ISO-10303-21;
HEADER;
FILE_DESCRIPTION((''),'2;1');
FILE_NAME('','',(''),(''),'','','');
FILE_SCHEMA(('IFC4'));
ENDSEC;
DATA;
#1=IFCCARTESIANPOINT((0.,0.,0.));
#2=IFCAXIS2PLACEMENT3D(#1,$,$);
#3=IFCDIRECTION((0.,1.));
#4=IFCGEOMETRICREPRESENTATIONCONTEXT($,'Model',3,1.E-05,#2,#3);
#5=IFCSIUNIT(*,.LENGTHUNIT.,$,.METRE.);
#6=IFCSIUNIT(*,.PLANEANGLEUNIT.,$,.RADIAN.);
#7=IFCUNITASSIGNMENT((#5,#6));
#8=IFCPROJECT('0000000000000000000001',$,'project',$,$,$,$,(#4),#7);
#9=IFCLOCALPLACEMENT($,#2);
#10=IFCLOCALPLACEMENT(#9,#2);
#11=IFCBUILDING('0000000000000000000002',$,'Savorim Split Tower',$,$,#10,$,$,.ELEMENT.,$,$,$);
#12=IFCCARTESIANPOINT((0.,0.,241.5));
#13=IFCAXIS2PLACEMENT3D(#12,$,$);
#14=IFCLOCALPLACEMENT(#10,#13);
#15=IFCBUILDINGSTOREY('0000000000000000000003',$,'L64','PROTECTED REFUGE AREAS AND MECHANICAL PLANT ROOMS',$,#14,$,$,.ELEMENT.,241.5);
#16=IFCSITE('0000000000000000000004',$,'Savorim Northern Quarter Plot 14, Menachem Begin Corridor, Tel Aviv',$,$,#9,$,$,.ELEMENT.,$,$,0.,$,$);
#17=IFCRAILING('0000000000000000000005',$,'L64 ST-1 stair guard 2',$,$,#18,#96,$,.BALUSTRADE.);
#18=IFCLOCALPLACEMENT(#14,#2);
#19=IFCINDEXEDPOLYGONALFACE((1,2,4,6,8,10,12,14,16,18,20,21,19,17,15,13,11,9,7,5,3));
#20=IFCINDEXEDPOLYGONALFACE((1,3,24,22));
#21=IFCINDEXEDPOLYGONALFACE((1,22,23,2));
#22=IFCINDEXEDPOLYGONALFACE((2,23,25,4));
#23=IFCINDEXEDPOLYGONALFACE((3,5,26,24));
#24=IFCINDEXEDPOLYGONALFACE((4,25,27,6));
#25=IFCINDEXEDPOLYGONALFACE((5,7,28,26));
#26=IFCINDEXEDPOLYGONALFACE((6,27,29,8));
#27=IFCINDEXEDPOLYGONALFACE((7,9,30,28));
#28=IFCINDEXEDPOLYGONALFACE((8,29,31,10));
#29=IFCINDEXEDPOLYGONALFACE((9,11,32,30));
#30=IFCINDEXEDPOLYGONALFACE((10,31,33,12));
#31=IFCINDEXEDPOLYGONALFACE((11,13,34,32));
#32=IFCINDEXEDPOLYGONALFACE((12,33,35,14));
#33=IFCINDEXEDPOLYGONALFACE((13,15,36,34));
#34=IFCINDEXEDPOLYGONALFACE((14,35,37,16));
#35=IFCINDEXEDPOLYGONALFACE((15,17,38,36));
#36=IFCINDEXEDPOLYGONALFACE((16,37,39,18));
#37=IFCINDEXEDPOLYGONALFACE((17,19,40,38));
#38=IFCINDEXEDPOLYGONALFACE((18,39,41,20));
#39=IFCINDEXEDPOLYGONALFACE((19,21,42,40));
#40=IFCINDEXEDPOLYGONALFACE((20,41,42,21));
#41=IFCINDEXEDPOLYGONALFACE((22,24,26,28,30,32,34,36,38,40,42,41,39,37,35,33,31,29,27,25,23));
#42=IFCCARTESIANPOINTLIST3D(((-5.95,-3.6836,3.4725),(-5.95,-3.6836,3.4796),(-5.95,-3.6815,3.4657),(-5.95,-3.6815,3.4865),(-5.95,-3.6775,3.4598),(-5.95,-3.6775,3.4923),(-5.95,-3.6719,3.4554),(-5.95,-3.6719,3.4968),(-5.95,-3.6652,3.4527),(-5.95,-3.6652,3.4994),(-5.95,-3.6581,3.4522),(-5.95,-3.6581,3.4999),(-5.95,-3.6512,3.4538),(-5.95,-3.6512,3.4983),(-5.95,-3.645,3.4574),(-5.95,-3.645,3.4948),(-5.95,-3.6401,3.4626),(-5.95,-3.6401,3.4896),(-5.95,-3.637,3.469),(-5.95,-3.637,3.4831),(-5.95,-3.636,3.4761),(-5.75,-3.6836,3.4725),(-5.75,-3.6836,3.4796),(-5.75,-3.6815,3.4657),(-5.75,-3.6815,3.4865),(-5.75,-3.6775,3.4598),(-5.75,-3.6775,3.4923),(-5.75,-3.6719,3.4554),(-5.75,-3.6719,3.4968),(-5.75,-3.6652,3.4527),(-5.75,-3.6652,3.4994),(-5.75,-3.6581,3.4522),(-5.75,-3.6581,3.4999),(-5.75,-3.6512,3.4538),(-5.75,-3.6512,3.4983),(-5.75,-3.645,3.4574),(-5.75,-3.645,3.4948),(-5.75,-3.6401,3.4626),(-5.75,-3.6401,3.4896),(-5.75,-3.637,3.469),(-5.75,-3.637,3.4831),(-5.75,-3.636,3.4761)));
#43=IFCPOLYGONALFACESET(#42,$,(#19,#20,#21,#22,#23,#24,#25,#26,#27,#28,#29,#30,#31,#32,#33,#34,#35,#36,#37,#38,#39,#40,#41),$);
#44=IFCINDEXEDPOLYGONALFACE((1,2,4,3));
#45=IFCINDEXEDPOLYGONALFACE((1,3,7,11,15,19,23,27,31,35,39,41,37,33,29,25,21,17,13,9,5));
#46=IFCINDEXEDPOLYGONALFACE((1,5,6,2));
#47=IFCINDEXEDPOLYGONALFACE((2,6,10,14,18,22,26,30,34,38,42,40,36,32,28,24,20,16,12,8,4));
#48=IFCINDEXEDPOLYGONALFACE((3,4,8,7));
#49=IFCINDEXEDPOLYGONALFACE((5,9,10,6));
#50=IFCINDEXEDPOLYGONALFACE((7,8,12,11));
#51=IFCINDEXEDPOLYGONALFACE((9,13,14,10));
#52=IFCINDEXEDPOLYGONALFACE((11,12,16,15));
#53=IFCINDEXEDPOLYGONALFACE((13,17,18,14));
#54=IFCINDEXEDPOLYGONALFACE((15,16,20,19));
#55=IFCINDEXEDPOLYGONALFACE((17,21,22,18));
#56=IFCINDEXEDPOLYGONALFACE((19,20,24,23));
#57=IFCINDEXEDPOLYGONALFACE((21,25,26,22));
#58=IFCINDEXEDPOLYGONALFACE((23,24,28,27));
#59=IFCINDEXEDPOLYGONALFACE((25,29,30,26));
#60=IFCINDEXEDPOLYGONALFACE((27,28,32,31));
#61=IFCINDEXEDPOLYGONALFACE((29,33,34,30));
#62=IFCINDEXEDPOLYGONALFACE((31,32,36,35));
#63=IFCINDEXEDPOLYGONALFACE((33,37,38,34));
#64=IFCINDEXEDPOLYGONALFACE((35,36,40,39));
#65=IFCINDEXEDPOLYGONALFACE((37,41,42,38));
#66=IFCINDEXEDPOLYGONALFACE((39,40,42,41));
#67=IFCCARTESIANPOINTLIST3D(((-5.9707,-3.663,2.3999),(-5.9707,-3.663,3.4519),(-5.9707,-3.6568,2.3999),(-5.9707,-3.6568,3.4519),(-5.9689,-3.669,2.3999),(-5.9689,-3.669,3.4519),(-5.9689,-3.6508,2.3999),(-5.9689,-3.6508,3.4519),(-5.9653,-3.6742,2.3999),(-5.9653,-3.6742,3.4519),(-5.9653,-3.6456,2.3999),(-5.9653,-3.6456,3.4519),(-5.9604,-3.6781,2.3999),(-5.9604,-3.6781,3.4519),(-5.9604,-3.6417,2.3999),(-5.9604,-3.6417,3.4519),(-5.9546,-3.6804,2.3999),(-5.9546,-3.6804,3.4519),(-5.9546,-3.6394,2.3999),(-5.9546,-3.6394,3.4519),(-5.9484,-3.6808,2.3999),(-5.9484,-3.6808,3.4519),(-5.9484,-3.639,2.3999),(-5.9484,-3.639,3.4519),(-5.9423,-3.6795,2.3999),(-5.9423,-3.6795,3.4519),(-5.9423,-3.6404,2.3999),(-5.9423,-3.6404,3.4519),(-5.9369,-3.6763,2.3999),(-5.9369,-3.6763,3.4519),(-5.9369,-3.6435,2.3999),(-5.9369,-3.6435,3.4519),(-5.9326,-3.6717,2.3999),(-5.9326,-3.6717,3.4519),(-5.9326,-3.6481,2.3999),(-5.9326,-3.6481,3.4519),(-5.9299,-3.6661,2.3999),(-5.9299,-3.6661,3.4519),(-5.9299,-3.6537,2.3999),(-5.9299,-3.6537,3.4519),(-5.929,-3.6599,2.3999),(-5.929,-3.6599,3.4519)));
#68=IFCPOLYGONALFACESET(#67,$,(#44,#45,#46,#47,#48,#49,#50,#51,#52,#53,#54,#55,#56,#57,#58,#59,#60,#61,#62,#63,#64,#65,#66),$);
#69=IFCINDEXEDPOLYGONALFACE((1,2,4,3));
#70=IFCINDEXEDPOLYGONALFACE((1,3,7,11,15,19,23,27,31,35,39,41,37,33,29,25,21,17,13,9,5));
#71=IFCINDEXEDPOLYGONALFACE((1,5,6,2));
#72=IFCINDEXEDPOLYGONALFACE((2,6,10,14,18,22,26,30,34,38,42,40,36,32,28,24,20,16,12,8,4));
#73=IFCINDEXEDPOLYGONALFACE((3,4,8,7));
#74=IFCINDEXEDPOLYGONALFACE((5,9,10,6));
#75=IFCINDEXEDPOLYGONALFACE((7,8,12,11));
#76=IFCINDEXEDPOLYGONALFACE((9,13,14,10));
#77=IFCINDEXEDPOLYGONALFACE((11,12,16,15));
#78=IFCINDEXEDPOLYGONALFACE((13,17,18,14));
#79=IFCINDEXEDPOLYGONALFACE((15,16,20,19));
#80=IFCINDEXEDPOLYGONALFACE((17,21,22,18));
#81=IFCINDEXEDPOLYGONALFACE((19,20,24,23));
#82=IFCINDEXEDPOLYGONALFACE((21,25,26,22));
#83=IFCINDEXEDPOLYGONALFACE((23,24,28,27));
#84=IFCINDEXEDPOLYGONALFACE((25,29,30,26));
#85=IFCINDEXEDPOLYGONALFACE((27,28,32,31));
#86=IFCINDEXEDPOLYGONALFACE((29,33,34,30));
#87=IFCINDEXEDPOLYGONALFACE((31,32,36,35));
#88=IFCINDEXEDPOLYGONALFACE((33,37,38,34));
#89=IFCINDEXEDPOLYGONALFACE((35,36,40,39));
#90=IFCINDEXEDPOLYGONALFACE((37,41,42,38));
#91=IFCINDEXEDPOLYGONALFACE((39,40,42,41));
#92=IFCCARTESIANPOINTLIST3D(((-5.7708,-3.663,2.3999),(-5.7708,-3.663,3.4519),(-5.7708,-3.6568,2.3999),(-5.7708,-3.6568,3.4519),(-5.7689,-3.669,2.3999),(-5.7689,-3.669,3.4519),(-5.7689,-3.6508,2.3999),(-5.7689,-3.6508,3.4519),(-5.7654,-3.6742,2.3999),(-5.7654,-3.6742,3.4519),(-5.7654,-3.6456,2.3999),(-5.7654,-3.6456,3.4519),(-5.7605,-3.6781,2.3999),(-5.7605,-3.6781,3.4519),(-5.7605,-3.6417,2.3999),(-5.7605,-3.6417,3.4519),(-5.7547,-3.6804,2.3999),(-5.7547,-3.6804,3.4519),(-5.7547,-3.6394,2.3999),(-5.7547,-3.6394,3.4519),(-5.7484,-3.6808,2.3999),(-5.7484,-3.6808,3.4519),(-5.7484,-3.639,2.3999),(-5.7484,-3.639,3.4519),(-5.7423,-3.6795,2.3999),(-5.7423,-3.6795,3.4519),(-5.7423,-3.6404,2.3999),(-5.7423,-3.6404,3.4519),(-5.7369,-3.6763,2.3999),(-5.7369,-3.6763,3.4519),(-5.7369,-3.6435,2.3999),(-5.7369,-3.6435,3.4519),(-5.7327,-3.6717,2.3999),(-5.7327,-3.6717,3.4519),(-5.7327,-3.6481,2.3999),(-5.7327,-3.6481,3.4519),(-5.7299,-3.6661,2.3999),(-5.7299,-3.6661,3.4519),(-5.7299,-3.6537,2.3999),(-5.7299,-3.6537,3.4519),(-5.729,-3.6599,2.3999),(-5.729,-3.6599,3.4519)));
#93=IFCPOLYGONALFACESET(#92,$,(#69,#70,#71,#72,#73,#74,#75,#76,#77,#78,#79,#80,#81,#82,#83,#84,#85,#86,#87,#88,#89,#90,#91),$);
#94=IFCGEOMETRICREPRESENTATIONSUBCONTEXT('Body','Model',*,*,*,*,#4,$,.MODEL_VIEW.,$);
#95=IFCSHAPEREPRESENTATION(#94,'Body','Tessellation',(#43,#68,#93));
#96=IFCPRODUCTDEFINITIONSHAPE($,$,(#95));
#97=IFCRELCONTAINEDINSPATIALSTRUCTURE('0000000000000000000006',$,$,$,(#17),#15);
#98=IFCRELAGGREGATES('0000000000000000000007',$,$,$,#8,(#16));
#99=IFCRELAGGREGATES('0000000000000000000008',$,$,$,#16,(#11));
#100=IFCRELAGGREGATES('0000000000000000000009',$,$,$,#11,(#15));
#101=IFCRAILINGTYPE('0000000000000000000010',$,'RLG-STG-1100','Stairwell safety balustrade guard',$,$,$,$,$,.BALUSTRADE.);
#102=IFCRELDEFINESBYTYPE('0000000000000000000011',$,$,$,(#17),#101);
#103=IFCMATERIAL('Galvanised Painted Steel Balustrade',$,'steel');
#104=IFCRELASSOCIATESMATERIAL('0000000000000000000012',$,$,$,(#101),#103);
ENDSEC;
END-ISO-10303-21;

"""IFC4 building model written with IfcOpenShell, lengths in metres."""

from ifc_helpers import new_model, si_unit, direction, frame, origin, origin_2d, place, context, subcontext, project, spatial, circle, extrude, material, type_object, element, save


model = new_model("IFC4")

# Units and contexts
model_context = context("Model", 3, precision=1e-05, world=origin(), true_north=direction((0.0, 1.0)))
body_context = subcontext(model_context, "Body", "Model", "MODEL_VIEW")
ifc_project = project(units=[si_unit("LENGTHUNIT", "METRE"), si_unit("PLANEANGLEUNIT", "RADIAN")], contexts=[model_context])

# Site, building, storey
site_placement = place(None, origin())
site = spatial("IfcSite", under=ifc_project, at=site_placement, Name="Savorim Northern Quarter Plot 14, Menachem Begin Corridor, Tel Aviv", CompositionType="ELEMENT", RefElevation=0.0)
building_placement = place(site_placement, origin())
building = spatial("IfcBuilding", under=site, at=building_placement, Name="Savorim Split Tower", CompositionType="ELEMENT")
storey_placement = place(building_placement, frame((0.0, 0.0, 241.5)))
storey = spatial("IfcBuildingStorey", under=building, at=storey_placement, Name="L64", Description="PROTECTED REFUGE AREAS AND MECHANICAL PLANT ROOMS", CompositionType="ELEMENT", Elevation=241.5)

# Railing
ifc_material_1 = material(Name="Galvanised Painted Steel Balustrade", Category="steel")
railing_type_1 = type_object("IfcRailingType", Name="RLG-STG-1100", Description="Stairwell safety balustrade guard", PredefinedType="BALUSTRADE", material=ifc_material_1)
railing_1_placement = place(storey_placement, frame((-5.95, -3.6599, 2.3999)))
element("IfcRailing", 1, at=railing_1_placement, inside=storey, type_object=railing_type_1, Name="L64 ST-1 stair guard 2", PredefinedType="BALUSTRADE", context=body_context, shape_type="SweptSolid", body=[
    extrude(circle(Radius=0.0239, at=origin_2d()), frame((0.0, 0.0, 1.0762), z_axis=(1.0, 0.0, 0.0), x_axis=(0.0, 1.0, 0.0)), (0.0, 0.0, 1.0), 0.2),
    extrude(circle(Radius=0.021, at=origin_2d()), origin(), (0.0, 0.0, 1.0), 1.052),
    extrude(circle(Radius=0.021, at=origin_2d()), frame((0.2, 0.0, 0.0)), (0.0, 0.0, 1.0), 1.052),
])

save(model, "model.ifc")
